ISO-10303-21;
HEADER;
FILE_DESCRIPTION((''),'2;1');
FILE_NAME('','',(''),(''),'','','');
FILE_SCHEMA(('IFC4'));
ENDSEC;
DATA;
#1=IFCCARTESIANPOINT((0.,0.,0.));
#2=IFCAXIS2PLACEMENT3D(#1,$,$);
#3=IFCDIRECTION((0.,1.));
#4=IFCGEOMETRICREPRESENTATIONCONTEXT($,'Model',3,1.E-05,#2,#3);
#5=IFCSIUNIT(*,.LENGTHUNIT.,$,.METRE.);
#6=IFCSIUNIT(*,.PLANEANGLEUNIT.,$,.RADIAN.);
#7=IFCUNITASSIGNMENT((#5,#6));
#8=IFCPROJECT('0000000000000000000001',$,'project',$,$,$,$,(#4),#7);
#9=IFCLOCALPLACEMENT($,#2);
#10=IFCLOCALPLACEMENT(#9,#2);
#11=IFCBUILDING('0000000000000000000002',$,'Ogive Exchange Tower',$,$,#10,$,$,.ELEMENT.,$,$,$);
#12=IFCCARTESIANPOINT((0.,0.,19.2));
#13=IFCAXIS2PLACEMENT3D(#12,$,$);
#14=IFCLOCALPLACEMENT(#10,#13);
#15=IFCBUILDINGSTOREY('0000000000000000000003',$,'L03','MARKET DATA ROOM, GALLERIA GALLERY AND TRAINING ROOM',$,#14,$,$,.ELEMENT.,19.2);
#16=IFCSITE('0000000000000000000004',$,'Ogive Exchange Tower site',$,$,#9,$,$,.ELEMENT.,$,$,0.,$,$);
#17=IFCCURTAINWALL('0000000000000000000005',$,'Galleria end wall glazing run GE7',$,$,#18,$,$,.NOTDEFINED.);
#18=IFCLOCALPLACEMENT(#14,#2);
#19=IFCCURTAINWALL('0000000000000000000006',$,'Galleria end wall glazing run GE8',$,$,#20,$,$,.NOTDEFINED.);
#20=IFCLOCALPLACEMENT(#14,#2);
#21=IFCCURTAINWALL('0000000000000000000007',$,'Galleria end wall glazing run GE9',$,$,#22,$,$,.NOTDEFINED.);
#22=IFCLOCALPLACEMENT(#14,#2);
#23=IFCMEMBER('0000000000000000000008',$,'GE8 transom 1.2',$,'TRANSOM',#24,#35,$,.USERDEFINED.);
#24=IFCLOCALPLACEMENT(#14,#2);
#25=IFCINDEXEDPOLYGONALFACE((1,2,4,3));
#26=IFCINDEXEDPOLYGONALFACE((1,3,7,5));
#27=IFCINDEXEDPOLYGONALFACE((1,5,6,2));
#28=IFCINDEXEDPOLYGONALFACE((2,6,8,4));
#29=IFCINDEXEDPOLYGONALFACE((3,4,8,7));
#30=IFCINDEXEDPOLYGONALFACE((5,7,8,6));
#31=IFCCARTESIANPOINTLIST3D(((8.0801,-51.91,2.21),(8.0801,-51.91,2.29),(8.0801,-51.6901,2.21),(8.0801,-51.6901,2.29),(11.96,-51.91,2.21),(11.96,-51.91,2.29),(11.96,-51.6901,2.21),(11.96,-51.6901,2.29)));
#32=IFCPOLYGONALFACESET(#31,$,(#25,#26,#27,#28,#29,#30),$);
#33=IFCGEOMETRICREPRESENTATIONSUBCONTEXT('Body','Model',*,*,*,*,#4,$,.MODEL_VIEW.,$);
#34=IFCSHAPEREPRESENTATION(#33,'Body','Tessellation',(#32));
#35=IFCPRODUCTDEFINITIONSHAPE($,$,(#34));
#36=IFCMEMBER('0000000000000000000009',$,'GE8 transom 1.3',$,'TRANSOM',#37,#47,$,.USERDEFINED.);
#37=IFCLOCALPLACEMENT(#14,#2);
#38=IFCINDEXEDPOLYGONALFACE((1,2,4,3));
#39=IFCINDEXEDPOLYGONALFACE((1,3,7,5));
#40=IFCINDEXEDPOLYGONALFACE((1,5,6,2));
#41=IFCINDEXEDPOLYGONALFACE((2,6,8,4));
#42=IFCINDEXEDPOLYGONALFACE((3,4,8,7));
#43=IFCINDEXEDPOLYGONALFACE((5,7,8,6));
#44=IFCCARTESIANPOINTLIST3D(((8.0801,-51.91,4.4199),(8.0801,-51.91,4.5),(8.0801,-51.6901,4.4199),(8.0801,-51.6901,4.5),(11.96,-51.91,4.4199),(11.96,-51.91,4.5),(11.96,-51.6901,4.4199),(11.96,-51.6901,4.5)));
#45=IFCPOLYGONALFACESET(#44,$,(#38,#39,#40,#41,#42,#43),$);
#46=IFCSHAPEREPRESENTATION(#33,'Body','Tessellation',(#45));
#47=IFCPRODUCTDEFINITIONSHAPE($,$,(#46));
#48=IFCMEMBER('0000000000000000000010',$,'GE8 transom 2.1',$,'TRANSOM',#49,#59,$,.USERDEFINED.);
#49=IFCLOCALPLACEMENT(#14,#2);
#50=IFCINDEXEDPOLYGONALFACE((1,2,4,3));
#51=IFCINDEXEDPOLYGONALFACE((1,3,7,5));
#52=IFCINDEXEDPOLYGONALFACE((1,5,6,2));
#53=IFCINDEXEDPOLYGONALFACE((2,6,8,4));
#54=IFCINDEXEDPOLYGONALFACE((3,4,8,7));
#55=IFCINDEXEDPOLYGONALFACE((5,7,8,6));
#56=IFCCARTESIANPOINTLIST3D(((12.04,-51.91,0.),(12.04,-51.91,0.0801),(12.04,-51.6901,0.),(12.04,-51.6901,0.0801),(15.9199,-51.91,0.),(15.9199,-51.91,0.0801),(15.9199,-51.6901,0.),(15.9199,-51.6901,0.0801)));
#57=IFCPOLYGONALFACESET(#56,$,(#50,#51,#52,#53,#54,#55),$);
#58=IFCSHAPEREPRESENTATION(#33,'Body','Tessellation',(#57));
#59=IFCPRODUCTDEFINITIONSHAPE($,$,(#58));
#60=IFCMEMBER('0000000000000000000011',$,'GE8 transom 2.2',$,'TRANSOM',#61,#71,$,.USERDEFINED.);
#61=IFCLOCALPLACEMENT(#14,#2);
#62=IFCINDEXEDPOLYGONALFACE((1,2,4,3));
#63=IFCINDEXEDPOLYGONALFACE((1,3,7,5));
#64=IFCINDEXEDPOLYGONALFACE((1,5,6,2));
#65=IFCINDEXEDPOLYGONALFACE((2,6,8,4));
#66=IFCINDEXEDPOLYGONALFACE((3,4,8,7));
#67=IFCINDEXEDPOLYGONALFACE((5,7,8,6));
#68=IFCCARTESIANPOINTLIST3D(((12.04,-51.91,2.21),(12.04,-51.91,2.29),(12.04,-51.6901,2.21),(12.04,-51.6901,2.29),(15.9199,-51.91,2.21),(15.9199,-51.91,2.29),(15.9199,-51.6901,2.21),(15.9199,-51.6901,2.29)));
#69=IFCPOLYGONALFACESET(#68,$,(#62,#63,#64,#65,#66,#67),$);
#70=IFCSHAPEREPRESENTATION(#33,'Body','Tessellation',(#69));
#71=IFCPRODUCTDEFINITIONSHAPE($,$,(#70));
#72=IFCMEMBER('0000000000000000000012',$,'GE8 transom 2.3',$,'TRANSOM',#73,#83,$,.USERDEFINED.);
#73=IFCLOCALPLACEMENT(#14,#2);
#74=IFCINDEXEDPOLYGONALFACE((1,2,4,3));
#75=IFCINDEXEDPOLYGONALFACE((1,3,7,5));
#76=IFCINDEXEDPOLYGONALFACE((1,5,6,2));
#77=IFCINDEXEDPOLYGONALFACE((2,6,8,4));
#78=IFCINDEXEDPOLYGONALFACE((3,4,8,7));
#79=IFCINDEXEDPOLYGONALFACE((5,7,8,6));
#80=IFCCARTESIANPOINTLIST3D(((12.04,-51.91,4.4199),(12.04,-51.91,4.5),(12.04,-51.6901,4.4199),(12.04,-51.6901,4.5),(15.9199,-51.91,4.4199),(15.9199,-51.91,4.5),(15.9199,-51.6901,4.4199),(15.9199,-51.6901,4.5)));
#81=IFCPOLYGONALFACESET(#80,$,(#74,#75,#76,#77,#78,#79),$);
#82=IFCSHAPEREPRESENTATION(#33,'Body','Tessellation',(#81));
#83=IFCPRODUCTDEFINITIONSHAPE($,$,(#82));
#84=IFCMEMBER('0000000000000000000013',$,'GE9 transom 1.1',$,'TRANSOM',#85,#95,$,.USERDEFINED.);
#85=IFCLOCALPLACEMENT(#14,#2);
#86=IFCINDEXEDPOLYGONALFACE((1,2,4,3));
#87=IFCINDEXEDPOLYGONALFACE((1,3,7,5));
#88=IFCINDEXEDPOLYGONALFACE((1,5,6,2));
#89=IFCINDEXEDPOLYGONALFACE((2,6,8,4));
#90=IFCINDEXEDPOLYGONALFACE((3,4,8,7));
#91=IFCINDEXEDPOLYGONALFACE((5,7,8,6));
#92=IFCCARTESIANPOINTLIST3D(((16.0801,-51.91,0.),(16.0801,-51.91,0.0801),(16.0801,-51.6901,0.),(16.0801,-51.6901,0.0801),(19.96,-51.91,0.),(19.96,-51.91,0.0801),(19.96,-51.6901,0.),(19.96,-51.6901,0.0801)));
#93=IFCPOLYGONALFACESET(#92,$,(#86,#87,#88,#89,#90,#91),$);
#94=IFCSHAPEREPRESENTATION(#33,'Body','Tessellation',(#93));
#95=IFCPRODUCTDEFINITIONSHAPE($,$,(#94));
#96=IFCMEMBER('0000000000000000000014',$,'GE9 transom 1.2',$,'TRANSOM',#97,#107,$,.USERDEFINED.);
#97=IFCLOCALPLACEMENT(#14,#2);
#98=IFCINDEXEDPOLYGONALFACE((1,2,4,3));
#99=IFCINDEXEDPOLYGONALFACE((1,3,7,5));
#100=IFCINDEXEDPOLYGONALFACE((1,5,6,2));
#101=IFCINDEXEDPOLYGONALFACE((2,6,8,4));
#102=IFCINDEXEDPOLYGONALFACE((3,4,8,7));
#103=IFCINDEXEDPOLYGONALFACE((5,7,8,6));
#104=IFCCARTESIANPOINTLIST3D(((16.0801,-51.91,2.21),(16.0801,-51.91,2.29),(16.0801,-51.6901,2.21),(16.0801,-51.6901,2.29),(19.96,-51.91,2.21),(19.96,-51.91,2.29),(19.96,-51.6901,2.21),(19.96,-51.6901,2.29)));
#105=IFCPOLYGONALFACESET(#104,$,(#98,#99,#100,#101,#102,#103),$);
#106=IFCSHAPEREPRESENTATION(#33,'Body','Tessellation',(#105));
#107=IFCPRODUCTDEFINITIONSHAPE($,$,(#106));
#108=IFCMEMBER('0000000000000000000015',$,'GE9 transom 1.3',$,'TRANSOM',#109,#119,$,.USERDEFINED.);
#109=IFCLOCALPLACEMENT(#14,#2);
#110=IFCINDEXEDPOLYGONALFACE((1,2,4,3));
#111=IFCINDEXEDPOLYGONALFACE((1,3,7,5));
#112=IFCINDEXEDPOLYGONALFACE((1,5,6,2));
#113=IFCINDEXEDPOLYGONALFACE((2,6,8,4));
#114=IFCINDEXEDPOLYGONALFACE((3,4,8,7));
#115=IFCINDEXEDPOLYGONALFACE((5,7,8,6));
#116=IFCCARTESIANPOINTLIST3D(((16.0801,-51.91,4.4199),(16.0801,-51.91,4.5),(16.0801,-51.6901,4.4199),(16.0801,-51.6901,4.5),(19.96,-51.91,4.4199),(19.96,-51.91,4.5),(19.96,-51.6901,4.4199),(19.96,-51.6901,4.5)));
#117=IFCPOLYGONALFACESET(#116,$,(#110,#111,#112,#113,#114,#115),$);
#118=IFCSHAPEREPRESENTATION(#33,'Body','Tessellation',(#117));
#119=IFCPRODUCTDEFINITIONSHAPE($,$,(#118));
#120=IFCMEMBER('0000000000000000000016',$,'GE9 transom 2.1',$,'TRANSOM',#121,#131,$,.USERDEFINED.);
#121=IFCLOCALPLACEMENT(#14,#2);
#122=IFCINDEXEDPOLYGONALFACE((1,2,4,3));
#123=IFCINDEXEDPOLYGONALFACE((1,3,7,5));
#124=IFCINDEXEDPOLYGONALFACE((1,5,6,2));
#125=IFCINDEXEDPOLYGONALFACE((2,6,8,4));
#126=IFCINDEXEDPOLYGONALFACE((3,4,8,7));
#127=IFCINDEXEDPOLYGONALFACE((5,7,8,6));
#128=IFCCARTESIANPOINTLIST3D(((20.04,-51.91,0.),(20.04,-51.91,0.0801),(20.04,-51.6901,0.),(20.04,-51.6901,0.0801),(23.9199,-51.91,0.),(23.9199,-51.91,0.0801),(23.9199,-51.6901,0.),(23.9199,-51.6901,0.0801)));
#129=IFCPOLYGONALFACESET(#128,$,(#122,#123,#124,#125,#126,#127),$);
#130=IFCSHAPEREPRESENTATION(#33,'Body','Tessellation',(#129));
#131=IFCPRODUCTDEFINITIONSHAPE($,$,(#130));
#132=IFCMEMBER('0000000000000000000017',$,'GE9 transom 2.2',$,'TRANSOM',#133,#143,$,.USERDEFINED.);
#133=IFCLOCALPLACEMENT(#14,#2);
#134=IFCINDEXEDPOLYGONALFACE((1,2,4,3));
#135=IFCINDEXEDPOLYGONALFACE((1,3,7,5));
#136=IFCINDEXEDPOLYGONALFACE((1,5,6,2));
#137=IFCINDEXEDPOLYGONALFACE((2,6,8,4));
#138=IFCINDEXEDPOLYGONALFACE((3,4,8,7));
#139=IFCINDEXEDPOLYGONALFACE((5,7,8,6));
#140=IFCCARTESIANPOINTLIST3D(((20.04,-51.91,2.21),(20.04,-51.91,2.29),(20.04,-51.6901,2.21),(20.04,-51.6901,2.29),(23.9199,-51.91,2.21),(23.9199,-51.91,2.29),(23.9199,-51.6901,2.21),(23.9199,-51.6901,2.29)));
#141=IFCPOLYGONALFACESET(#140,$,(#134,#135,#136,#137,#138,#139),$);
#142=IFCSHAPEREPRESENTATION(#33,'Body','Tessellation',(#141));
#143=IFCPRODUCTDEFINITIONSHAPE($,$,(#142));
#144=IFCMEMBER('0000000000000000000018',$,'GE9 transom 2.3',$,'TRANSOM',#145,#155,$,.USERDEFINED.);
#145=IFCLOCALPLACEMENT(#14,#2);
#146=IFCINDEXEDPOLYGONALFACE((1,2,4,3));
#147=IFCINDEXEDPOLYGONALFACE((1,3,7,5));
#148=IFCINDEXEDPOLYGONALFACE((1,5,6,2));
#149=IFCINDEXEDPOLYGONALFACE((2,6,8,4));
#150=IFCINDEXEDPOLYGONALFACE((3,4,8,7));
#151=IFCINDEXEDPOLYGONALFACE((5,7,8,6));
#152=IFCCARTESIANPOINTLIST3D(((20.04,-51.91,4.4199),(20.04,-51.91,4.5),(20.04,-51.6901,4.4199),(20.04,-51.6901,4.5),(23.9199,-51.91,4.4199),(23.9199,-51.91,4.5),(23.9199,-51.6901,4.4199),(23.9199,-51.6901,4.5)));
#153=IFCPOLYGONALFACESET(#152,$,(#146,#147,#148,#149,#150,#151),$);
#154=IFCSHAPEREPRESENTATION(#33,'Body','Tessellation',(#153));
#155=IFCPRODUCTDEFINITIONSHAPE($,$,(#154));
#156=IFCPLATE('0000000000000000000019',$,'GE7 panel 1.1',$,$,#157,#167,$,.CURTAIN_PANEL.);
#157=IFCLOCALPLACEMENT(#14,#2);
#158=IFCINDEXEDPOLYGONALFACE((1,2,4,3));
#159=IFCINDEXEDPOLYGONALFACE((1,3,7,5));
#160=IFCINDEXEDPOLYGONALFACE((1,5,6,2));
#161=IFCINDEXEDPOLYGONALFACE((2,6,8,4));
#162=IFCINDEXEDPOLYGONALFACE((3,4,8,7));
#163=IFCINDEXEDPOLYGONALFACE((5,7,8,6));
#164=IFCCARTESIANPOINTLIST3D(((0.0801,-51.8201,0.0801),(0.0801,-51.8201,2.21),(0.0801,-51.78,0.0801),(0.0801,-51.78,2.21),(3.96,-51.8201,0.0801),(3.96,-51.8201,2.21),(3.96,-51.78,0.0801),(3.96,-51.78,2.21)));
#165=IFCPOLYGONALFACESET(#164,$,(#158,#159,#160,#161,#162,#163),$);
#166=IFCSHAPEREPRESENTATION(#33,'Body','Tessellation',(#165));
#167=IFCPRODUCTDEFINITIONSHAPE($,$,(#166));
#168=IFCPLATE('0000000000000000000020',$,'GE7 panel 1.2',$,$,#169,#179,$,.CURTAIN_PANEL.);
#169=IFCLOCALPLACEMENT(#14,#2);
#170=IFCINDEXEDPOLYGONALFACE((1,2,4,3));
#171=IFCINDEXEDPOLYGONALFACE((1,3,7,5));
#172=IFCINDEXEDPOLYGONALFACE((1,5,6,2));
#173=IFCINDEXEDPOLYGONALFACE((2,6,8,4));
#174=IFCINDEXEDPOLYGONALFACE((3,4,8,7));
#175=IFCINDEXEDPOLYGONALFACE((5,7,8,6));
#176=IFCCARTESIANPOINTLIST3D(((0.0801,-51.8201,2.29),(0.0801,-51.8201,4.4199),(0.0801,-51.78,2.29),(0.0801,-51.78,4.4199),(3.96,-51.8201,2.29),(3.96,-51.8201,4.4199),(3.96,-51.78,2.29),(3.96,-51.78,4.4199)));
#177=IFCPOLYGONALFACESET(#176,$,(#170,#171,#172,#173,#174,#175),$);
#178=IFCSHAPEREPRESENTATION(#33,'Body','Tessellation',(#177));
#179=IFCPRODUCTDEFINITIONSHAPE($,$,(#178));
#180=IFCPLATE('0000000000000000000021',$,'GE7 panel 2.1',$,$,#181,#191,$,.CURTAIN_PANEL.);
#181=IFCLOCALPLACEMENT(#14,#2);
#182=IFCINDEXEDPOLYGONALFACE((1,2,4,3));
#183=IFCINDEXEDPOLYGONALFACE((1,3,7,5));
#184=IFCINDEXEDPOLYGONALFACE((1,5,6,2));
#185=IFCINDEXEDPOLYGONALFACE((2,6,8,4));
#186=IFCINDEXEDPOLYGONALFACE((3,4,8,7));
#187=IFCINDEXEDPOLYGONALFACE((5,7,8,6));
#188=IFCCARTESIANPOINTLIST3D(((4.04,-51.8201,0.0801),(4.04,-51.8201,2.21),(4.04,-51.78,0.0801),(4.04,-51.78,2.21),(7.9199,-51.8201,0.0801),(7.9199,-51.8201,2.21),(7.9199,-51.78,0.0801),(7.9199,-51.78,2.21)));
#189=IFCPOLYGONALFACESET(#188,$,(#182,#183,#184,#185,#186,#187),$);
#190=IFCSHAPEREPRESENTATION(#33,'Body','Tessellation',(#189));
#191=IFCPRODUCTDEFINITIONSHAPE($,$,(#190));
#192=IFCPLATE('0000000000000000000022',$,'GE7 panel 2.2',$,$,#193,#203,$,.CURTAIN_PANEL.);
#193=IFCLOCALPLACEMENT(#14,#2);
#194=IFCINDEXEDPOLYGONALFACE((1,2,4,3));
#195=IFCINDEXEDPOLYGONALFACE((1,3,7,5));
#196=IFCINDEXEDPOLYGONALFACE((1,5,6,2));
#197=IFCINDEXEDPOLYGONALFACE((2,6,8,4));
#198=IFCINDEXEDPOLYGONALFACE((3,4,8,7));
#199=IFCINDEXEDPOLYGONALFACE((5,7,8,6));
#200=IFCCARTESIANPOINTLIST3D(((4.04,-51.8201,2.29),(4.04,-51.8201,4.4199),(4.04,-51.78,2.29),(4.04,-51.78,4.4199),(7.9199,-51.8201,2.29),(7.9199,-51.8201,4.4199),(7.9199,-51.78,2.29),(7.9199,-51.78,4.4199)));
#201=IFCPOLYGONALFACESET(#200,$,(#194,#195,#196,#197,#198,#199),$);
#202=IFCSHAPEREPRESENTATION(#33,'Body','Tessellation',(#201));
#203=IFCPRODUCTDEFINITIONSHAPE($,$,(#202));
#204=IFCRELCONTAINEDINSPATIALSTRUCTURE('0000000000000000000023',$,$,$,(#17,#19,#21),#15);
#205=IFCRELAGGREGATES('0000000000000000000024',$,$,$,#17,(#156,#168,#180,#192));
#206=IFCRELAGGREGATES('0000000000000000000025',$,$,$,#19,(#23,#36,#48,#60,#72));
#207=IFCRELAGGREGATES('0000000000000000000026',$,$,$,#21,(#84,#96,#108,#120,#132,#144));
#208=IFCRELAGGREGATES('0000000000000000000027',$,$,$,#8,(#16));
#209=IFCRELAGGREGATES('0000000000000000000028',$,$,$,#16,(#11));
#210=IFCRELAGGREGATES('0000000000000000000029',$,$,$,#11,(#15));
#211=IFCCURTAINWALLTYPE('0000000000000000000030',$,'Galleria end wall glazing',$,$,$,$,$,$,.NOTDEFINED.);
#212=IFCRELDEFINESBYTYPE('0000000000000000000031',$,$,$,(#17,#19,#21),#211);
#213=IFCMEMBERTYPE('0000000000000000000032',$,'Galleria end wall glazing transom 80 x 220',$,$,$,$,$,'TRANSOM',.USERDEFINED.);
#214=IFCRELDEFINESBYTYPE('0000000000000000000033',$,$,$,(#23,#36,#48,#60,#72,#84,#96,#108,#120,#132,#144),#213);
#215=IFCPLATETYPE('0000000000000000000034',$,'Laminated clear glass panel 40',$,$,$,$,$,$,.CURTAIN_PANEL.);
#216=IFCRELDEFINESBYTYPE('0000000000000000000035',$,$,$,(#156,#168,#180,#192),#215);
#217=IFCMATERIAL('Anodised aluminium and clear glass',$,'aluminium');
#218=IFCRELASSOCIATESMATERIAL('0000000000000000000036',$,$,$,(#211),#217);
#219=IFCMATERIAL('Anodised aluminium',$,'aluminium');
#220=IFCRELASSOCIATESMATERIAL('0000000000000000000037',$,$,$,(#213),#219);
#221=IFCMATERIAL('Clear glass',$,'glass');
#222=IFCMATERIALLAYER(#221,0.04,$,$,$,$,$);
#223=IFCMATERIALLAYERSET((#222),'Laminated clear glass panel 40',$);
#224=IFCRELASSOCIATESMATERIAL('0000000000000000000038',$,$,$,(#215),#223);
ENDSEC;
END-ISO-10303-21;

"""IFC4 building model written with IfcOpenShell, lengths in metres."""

from ifc_helpers import new_model, si_unit, direction, frame, origin, origin_2d, place, context, subcontext, project, spatial, rectangle, extrude, material, layer, layer_set, material_profile, profile_set, type_object, element, aggregate, save


model = new_model("IFC4")

# Units and contexts
model_context = context("Model", 3, precision=1e-05, world=origin(), true_north=direction((0.0, 1.0)))
body_context = subcontext(model_context, "Body", "Model", "MODEL_VIEW")
ifc_project = project(units=[si_unit("LENGTHUNIT", "METRE"), si_unit("PLANEANGLEUNIT", "RADIAN")], contexts=[model_context])

# Site, building, storey
site_placement = place(None, origin())
site = spatial("IfcSite", under=ifc_project, at=site_placement, Name="Ogive Exchange Tower site", CompositionType="ELEMENT", RefElevation=0.0)
building_placement = place(site_placement, origin())
building = spatial("IfcBuilding", under=site, at=building_placement, Name="Ogive Exchange Tower", CompositionType="ELEMENT")
storey_placement = place(building_placement, frame((0.0, 0.0, 19.2)))
storey = spatial("IfcBuildingStorey", under=building, at=storey_placement, Name="L03", Description="MARKET DATA ROOM, GALLERIA GALLERY AND TRAINING ROOM", CompositionType="ELEMENT", Elevation=19.2)

# Curtain walls
ifc_material_1 = material(Name="Anodised aluminium and clear glass", Category="aluminium")
curtain_wall_type = type_object("IfcCurtainWallType", Name="Galleria end wall glazing", PredefinedType="NOTDEFINED", material=ifc_material_1)
curtain_wall_1_placement = place(storey_placement, origin())
curtain_wall_1 = element("IfcCurtainWall", 1, at=curtain_wall_1_placement, inside=storey, type_object=curtain_wall_type, Name="Galleria end wall glazing run GE7", PredefinedType="NOTDEFINED")
ifc_material_2 = material(Name="Anodised aluminium", Category="aluminium")
curtain_wall_2_placement = place(storey_placement, origin())
curtain_wall_2 = element("IfcCurtainWall", 2, at=curtain_wall_2_placement, inside=storey, type_object=curtain_wall_type, Name="Galleria end wall glazing run GE8", PredefinedType="NOTDEFINED")
curtain_wall_3_placement = place(storey_placement, origin())
curtain_wall_3 = element("IfcCurtainWall", 3, at=curtain_wall_3_placement, inside=storey, type_object=curtain_wall_type, Name="Galleria end wall glazing run GE9", PredefinedType="NOTDEFINED")

# Members
ifc_material_profile_1 = material_profile(ifc_material_2, rectangle(XDim=0.22, YDim=0.0801, at=origin_2d()), Name="AL 80x220")
ifc_profile_set_1 = profile_set([ifc_material_profile_1], Name="Anodised aluminium")
member_type_1 = type_object("IfcMemberType", Name="Galleria end wall glazing transom 80 x 220", ElementType="TRANSOM", PredefinedType="USERDEFINED", material=ifc_profile_set_1)
member_1_placement = place(storey_placement, frame((8.0801, -51.8, 2.25), z_axis=(1.0, 0.0, 0.0), x_axis=(0.0, 1.0, 0.0)))
member_1 = element("IfcMember", 4, at=member_1_placement, type_object=member_type_1, Name="GE8 transom 1.2", ObjectType="TRANSOM", PredefinedType="USERDEFINED", context=body_context, shape_type="SweptSolid", body=[
    extrude(rectangle(XDim=0.22, YDim=0.0801, at=origin_2d()), origin(), (0.0, 0.0, 1.0), 3.8799),
])
member_2_placement = place(storey_placement, frame((8.0801, -51.8, 4.46), z_axis=(1.0, 0.0, 0.0), x_axis=(0.0, 1.0, 0.0)))
member_2 = element("IfcMember", 5, at=member_2_placement, type_object=member_type_1, Name="GE8 transom 1.3", ObjectType="TRANSOM", PredefinedType="USERDEFINED", context=body_context, shape_type="SweptSolid", body=[
    extrude(rectangle(XDim=0.22, YDim=0.0801, at=origin_2d()), origin(), (0.0, 0.0, 1.0), 3.8799),
])
member_3_placement = place(storey_placement, frame((12.04, -51.8, 0.04), z_axis=(1.0, 0.0, 0.0), x_axis=(0.0, 1.0, 0.0)))
member_3 = element("IfcMember", 6, at=member_3_placement, type_object=member_type_1, Name="GE8 transom 2.1", ObjectType="TRANSOM", PredefinedType="USERDEFINED", context=body_context, shape_type="SweptSolid", body=[
    extrude(rectangle(XDim=0.22, YDim=0.0801, at=origin_2d()), origin(), (0.0, 0.0, 1.0), 3.8799),
])
member_4_placement = place(storey_placement, frame((12.04, -51.8, 2.25), z_axis=(1.0, 0.0, 0.0), x_axis=(0.0, 1.0, 0.0)))
member_4 = element("IfcMember", 7, at=member_4_placement, type_object=member_type_1, Name="GE8 transom 2.2", ObjectType="TRANSOM", PredefinedType="USERDEFINED", context=body_context, shape_type="SweptSolid", body=[
    extrude(rectangle(XDim=0.22, YDim=0.0801, at=origin_2d()), origin(), (0.0, 0.0, 1.0), 3.8799),
])
member_5_placement = place(storey_placement, frame((12.04, -51.8, 4.46), z_axis=(1.0, 0.0, 0.0), x_axis=(0.0, 1.0, 0.0)))
member_5 = element("IfcMember", 8, at=member_5_placement, type_object=member_type_1, Name="GE8 transom 2.3", ObjectType="TRANSOM", PredefinedType="USERDEFINED", context=body_context, shape_type="SweptSolid", body=[
    extrude(rectangle(XDim=0.22, YDim=0.0801, at=origin_2d()), origin(), (0.0, 0.0, 1.0), 3.8799),
])
member_6_placement = place(storey_placement, frame((16.0801, -51.8, 0.04), z_axis=(1.0, 0.0, 0.0), x_axis=(0.0, 1.0, 0.0)))
member_6 = element("IfcMember", 9, at=member_6_placement, type_object=member_type_1, Name="GE9 transom 1.1", ObjectType="TRANSOM", PredefinedType="USERDEFINED", context=body_context, shape_type="SweptSolid", body=[
    extrude(rectangle(XDim=0.22, YDim=0.0801, at=origin_2d()), origin(), (0.0, 0.0, 1.0), 3.8799),
])
member_7_placement = place(storey_placement, frame((16.0801, -51.8, 2.25), z_axis=(1.0, 0.0, 0.0), x_axis=(0.0, 1.0, 0.0)))
member_7 = element("IfcMember", 10, at=member_7_placement, type_object=member_type_1, Name="GE9 transom 1.2", ObjectType="TRANSOM", PredefinedType="USERDEFINED", context=body_context, shape_type="SweptSolid", body=[
    extrude(rectangle(XDim=0.22, YDim=0.0801, at=origin_2d()), origin(), (0.0, 0.0, 1.0), 3.8799),
])
member_8_placement = place(storey_placement, frame((16.0801, -51.8, 4.46), z_axis=(1.0, 0.0, 0.0), x_axis=(0.0, 1.0, 0.0)))
member_8 = element("IfcMember", 11, at=member_8_placement, type_object=member_type_1, Name="GE9 transom 1.3", ObjectType="TRANSOM", PredefinedType="USERDEFINED", context=body_context, shape_type="SweptSolid", body=[
    extrude(rectangle(XDim=0.22, YDim=0.0801, at=origin_2d()), origin(), (0.0, 0.0, 1.0), 3.8799),
])
member_9_placement = place(storey_placement, frame((20.04, -51.8, 0.04), z_axis=(1.0, 0.0, 0.0), x_axis=(0.0, 1.0, 0.0)))
member_9 = element("IfcMember", 12, at=member_9_placement, type_object=member_type_1, Name="GE9 transom 2.1", ObjectType="TRANSOM", PredefinedType="USERDEFINED", context=body_context, shape_type="SweptSolid", body=[
    extrude(rectangle(XDim=0.22, YDim=0.0801, at=origin_2d()), origin(), (0.0, 0.0, 1.0), 3.8799),
])
member_10_placement = place(storey_placement, frame((20.04, -51.8, 2.25), z_axis=(1.0, 0.0, 0.0), x_axis=(0.0, 1.0, 0.0)))
member_10 = element("IfcMember", 13, at=member_10_placement, type_object=member_type_1, Name="GE9 transom 2.2", ObjectType="TRANSOM", PredefinedType="USERDEFINED", context=body_context, shape_type="SweptSolid", body=[
    extrude(rectangle(XDim=0.22, YDim=0.0801, at=origin_2d()), origin(), (0.0, 0.0, 1.0), 3.8799),
])
member_11_placement = place(storey_placement, frame((20.04, -51.8, 4.46), z_axis=(1.0, 0.0, 0.0), x_axis=(0.0, 1.0, 0.0)))
member_11 = element("IfcMember", 14, at=member_11_placement, type_object=member_type_1, Name="GE9 transom 2.3", ObjectType="TRANSOM", PredefinedType="USERDEFINED", context=body_context, shape_type="SweptSolid", body=[
    extrude(rectangle(XDim=0.22, YDim=0.0801, at=origin_2d()), origin(), (0.0, 0.0, 1.0), 3.8799),
])

# Plates
ifc_material_3 = material(Name="Clear glass", Category="glass")
ifc_layer = layer(ifc_material_3, 0.04)
ifc_layer_set = layer_set([ifc_layer], Name="Laminated clear glass panel 40")
plate_type = type_object("IfcPlateType", Name="Laminated clear glass panel 40", PredefinedType="CURTAIN_PANEL", material=ifc_layer_set)
plate_1_placement = place(storey_placement, frame((2.02, -51.8, 0.0801), z_axis=(0.0, 0.0, 1.0), x_axis=(1.0, 0.0, 0.0)))
plate_1 = element("IfcPlate", 15, at=plate_1_placement, type_object=plate_type, Name="GE7 panel 1.1", PredefinedType="CURTAIN_PANEL", context=body_context, shape_type="SweptSolid", body=[
    extrude(rectangle(XDim=3.8799, YDim=0.04, at=origin_2d()), origin(), (0.0, 0.0, 1.0), 2.1299),
])
plate_2_placement = place(storey_placement, frame((2.02, -51.8, 2.29), z_axis=(0.0, 0.0, 1.0), x_axis=(1.0, 0.0, 0.0)))
plate_2 = element("IfcPlate", 16, at=plate_2_placement, type_object=plate_type, Name="GE7 panel 1.2", PredefinedType="CURTAIN_PANEL", context=body_context, shape_type="SweptSolid", body=[
    extrude(rectangle(XDim=3.8799, YDim=0.04, at=origin_2d()), origin(), (0.0, 0.0, 1.0), 2.1299),
])
plate_3_placement = place(storey_placement, frame((5.98, -51.8, 0.0801), z_axis=(0.0, 0.0, 1.0), x_axis=(1.0, 0.0, 0.0)))
plate_3 = element("IfcPlate", 17, at=plate_3_placement, type_object=plate_type, Name="GE7 panel 2.1", PredefinedType="CURTAIN_PANEL", context=body_context, shape_type="SweptSolid", body=[
    extrude(rectangle(XDim=3.8799, YDim=0.04, at=origin_2d()), origin(), (0.0, 0.0, 1.0), 2.1299),
])
plate_4_placement = place(storey_placement, frame((5.98, -51.8, 2.29), z_axis=(0.0, 0.0, 1.0), x_axis=(1.0, 0.0, 0.0)))
plate_4 = element("IfcPlate", 18, at=plate_4_placement, type_object=plate_type, Name="GE7 panel 2.2", PredefinedType="CURTAIN_PANEL", context=body_context, shape_type="SweptSolid", body=[
    extrude(rectangle(XDim=3.8799, YDim=0.04, at=origin_2d()), origin(), (0.0, 0.0, 1.0), 2.1299),
])
aggregate(curtain_wall_1, [plate_1, plate_2, plate_3, plate_4])
aggregate(curtain_wall_2, [member_1, member_2, member_3, member_4, member_5])
aggregate(curtain_wall_3, [member_6, member_7, member_8, member_9, member_10, member_11])

save(model, "model.ifc")
